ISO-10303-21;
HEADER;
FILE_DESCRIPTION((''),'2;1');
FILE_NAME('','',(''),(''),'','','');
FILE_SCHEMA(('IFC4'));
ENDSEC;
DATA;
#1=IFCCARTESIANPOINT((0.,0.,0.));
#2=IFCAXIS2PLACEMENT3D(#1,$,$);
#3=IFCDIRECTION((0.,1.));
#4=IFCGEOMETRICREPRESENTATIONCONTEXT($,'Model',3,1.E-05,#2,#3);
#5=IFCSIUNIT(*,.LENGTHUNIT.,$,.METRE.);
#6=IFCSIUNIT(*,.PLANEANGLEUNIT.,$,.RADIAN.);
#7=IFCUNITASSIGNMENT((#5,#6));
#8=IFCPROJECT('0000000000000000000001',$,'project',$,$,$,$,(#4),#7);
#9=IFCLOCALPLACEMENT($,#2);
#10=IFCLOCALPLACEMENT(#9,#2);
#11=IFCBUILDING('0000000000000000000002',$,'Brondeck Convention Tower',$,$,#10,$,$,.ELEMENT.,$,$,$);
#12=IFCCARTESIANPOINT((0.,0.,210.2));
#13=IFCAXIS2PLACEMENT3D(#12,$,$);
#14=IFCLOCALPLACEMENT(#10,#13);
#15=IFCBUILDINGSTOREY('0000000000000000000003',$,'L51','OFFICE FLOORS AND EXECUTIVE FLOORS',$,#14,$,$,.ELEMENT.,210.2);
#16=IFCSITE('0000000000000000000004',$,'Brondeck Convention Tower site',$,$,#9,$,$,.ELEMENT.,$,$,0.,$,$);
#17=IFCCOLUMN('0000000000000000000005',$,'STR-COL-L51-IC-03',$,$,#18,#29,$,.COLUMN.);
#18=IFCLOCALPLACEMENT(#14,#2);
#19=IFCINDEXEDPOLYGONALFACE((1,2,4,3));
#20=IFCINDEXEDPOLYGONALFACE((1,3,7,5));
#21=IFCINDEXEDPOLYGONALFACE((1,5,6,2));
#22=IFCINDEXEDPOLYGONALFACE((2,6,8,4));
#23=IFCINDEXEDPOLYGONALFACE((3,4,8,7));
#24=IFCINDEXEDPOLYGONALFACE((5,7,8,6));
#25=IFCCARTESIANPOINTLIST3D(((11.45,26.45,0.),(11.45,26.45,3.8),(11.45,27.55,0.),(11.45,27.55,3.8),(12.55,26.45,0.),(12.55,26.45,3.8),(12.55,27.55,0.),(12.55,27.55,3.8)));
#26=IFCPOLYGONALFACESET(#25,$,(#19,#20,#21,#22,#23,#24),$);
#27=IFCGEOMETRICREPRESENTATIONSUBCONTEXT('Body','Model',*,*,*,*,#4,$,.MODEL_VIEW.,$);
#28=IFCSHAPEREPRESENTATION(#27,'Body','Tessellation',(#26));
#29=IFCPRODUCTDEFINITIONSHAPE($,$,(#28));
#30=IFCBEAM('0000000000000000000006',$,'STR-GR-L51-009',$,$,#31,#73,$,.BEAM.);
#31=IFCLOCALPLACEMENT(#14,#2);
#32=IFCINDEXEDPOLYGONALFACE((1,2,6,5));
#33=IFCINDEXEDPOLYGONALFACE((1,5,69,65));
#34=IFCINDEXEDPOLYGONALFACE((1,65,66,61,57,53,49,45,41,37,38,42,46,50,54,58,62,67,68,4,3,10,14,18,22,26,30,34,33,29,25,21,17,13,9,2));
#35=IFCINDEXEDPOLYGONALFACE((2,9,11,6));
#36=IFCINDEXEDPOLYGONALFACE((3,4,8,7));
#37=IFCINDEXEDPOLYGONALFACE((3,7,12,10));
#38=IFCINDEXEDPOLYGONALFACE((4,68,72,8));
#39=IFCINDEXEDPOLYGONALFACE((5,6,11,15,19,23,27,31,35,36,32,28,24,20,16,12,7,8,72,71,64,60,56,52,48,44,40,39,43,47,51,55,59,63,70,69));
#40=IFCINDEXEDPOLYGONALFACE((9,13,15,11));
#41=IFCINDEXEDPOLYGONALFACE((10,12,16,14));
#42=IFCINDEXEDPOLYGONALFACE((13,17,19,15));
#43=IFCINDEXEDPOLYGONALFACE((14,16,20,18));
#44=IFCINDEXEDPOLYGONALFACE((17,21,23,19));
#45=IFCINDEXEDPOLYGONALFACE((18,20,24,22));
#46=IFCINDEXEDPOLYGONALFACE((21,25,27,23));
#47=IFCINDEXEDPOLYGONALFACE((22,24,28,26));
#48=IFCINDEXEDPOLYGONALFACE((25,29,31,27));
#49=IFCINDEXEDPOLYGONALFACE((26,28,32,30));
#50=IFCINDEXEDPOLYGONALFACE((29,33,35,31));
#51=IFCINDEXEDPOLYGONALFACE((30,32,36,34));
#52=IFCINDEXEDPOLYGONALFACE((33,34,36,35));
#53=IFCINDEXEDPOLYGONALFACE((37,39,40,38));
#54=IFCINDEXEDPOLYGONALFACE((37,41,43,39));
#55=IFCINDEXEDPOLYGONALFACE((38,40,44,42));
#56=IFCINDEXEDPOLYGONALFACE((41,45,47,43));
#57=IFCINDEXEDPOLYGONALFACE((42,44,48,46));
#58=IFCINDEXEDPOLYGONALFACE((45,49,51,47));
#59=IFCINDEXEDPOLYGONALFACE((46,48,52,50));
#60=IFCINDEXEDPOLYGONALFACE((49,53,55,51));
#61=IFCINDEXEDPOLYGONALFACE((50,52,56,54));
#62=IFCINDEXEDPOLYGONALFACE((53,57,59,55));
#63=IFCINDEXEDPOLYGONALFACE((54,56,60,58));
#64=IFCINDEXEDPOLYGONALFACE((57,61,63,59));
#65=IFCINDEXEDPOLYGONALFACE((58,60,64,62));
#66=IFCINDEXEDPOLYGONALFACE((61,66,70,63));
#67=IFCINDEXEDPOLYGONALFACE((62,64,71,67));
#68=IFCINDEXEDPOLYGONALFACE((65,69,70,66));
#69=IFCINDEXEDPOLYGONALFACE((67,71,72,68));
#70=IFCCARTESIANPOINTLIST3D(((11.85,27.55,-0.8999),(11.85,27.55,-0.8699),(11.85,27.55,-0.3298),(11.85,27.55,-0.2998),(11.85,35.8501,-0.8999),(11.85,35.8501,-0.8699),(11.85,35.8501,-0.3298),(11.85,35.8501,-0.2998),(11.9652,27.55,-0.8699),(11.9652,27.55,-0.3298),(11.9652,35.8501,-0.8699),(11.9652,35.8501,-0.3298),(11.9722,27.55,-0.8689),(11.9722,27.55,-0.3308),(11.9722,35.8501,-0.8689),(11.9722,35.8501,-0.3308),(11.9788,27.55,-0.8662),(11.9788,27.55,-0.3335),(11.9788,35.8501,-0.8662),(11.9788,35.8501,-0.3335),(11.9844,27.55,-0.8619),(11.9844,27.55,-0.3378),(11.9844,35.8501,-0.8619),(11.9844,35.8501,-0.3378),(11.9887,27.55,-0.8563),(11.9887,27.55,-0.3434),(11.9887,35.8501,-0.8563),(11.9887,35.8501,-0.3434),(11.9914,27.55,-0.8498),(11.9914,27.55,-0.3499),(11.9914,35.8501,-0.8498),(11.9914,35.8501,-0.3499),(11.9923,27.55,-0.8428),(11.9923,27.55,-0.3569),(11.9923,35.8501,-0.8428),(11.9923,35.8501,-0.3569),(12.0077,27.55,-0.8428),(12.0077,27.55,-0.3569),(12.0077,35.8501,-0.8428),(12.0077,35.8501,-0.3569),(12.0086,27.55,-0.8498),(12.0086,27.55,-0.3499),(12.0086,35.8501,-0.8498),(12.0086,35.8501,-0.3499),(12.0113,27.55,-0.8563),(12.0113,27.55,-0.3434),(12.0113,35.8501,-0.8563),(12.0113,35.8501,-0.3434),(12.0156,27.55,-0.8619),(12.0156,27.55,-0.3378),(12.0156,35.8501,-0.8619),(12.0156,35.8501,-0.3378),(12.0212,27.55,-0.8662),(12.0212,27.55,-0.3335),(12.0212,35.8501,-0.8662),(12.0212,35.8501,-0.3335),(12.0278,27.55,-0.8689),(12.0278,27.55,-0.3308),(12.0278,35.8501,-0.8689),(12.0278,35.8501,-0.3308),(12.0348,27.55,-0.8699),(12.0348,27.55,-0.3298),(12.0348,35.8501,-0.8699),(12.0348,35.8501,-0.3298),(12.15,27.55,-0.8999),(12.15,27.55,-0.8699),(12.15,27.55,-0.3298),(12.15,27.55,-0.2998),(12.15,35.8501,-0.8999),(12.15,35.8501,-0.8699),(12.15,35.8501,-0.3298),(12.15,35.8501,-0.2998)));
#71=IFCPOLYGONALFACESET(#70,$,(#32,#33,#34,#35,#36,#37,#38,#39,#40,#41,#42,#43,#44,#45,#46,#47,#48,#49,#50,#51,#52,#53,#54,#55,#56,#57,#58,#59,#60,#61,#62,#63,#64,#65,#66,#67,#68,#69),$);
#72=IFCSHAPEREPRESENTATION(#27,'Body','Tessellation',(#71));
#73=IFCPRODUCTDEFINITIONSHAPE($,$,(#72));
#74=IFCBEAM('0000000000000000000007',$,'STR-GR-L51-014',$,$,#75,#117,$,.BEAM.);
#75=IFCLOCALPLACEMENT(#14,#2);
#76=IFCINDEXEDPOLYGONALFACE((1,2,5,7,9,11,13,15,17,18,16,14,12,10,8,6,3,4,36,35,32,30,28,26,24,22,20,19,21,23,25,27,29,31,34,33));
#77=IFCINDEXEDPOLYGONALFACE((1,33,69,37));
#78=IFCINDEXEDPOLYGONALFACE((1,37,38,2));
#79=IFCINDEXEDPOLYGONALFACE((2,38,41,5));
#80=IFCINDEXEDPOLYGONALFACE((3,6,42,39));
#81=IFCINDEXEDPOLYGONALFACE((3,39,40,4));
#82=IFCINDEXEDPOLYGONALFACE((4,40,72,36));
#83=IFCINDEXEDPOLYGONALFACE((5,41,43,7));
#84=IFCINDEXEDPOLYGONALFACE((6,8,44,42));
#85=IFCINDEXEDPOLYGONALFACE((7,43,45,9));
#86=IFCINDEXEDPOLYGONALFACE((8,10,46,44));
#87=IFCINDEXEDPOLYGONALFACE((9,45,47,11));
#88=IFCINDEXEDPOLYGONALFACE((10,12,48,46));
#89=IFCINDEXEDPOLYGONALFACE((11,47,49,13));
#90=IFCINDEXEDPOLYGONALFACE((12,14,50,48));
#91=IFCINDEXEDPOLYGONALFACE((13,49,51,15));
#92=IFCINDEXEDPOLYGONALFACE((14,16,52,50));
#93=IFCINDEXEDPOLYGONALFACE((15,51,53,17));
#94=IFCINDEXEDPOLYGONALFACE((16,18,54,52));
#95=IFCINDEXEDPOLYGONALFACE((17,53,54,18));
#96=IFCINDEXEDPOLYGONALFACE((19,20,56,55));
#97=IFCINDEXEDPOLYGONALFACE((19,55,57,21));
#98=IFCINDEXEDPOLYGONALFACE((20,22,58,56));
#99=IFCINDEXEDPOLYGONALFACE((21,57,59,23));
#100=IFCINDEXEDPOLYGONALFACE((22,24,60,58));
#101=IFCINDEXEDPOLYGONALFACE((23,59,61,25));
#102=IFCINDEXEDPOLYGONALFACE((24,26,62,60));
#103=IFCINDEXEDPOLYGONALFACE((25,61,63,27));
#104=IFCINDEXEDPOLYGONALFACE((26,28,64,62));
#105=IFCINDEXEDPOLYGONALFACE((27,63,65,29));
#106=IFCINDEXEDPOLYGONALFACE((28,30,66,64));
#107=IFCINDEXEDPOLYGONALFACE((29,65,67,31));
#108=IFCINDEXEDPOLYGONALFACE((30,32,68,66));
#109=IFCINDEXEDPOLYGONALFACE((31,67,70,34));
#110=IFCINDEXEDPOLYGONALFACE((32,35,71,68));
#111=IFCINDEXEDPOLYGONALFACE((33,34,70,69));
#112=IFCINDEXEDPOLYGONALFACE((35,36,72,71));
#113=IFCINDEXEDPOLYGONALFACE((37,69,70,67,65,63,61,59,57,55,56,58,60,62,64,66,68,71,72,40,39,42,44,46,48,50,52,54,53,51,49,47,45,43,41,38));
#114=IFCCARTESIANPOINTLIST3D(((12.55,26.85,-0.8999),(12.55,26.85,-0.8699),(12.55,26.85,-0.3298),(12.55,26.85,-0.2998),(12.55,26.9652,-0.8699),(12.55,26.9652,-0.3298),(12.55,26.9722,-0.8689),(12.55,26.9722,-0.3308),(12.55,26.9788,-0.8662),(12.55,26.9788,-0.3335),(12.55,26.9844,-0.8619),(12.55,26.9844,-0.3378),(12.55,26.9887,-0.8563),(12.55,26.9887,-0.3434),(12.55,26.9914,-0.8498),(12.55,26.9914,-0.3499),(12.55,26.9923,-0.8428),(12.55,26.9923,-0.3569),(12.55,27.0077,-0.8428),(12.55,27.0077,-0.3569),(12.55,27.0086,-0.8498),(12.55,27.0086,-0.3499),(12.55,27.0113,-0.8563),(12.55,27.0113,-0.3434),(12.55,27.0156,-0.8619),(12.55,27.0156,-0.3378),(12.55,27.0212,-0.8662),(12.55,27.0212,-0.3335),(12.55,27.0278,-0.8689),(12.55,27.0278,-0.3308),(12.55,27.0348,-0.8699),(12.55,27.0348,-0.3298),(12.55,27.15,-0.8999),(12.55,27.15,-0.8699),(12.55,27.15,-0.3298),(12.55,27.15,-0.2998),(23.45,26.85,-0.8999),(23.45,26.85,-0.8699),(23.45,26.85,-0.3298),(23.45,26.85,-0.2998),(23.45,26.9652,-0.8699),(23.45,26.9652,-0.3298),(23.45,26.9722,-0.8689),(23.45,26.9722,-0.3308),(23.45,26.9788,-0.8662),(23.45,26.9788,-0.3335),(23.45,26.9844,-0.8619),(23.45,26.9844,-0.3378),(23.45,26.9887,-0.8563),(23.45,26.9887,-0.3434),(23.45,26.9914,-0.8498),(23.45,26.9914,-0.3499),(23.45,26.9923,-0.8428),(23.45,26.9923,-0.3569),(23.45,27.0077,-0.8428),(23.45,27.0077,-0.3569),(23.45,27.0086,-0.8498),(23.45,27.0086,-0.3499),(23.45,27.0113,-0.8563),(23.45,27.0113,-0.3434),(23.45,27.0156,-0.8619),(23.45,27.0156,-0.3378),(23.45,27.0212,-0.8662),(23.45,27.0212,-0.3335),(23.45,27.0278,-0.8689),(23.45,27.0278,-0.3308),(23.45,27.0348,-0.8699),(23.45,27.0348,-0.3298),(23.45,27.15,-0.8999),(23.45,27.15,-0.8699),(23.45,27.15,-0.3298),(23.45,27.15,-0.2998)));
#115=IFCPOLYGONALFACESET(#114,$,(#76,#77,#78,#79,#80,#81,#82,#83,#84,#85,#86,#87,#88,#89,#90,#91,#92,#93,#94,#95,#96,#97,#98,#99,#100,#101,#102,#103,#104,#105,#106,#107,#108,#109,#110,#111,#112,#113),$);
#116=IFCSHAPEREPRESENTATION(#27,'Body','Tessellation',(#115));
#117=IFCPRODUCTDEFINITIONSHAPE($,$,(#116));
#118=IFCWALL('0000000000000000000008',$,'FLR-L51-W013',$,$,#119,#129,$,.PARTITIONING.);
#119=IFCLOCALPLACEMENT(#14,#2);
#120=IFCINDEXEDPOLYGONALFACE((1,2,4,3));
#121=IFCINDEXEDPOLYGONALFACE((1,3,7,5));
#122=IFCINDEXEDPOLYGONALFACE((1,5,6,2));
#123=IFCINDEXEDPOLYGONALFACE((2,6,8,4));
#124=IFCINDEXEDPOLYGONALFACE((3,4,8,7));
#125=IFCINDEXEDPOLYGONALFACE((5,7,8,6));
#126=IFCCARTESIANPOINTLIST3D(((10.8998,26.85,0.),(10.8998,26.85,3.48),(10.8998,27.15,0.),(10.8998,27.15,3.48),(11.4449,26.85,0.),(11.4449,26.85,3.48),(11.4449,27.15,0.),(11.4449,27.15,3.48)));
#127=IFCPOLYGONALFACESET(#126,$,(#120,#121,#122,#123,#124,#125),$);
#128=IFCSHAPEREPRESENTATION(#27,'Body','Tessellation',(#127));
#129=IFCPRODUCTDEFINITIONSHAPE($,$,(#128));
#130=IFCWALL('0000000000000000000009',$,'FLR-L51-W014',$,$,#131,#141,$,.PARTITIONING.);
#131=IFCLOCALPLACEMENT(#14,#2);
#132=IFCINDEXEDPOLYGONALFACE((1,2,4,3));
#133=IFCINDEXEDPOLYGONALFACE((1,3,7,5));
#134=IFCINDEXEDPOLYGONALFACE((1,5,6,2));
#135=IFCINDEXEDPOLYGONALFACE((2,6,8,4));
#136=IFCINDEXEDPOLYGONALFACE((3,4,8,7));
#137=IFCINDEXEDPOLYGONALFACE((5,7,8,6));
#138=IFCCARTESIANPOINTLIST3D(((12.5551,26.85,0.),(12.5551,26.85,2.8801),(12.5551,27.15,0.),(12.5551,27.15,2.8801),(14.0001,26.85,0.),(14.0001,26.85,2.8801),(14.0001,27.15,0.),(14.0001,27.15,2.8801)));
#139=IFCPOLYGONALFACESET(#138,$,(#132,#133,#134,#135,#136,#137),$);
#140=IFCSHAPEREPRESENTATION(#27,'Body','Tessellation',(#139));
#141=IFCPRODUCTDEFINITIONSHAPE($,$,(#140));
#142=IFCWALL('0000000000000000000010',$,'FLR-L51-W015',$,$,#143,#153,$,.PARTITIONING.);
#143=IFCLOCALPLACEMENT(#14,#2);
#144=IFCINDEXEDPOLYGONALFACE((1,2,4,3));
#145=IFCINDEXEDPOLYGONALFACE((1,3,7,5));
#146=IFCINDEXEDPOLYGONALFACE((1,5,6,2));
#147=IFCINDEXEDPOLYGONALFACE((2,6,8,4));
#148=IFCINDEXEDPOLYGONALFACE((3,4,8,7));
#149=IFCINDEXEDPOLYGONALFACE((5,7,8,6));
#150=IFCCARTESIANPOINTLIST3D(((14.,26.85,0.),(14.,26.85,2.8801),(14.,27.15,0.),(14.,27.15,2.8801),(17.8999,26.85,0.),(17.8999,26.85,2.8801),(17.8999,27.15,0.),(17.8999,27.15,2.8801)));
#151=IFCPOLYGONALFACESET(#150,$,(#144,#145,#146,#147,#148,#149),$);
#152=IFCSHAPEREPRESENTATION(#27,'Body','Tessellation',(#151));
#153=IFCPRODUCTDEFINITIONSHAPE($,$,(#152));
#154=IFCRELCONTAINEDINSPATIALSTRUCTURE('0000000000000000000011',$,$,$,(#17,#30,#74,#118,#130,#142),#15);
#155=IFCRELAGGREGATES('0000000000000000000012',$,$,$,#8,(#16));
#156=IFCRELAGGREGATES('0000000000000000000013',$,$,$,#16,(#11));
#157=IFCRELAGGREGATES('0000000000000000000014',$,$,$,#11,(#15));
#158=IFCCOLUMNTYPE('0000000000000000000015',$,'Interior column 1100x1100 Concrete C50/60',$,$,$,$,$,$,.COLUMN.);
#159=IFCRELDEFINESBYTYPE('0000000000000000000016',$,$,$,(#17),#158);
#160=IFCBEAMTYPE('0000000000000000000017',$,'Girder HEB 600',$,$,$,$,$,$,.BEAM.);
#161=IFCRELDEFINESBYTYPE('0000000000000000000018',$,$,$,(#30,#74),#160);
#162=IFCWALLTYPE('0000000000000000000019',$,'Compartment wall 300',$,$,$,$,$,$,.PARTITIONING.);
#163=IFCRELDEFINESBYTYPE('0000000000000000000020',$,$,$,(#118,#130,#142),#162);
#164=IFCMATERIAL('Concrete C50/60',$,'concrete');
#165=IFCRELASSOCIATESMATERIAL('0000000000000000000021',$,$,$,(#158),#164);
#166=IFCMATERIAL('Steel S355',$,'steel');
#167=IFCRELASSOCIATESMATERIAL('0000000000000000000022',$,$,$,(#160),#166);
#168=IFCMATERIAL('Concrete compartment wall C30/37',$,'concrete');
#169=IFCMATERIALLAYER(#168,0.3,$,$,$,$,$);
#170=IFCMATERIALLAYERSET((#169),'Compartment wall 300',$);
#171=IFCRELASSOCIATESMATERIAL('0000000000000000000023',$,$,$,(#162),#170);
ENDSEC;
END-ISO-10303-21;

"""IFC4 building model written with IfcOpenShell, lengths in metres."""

from ifc_helpers import new_model, si_unit, direction, frame, frame_2d, origin, origin_2d, place, context, subcontext, project, spatial, rectangle, i_section, extrude, material, layer, layer_set, material_profile, profile_set, type_object, element, save


model = new_model("IFC4")

# Units and contexts
model_context = context("Model", 3, precision=1e-05, world=origin(), true_north=direction((0.0, 1.0)))
body_context = subcontext(model_context, "Body", "Model", "MODEL_VIEW")
ifc_project = project(units=[si_unit("LENGTHUNIT", "METRE"), si_unit("PLANEANGLEUNIT", "RADIAN")], contexts=[model_context])

# Site, building, storey
site_placement = place(None, origin())
site = spatial("IfcSite", under=ifc_project, at=site_placement, Name="Brondeck Convention Tower site", CompositionType="ELEMENT", RefElevation=0.0)
building_placement = place(site_placement, origin())
building = spatial("IfcBuilding", under=site, at=building_placement, Name="Brondeck Convention Tower", CompositionType="ELEMENT")
storey_placement = place(building_placement, frame((0.0, 0.0, 210.2)))
storey = spatial("IfcBuildingStorey", under=building, at=storey_placement, Name="L51", Description="OFFICE FLOORS AND EXECUTIVE FLOORS", CompositionType="ELEMENT", Elevation=210.2)

# Column
ifc_material_1 = material(Name="Concrete C50/60", Category="concrete")
ifc_material_profile_1 = material_profile(ifc_material_1, rectangle(XDim=1.1001, YDim=1.1001, at=origin_2d()), Name="Interior column 1100x1100 Concrete C50/60")
ifc_profile_set_1 = profile_set([ifc_material_profile_1], Name="Concrete C50/60")
column_type = type_object("IfcColumnType", Name="Interior column 1100x1100 Concrete C50/60", PredefinedType="COLUMN", material=ifc_profile_set_1)
column_placement = place(storey_placement, frame((12.0, 27.0, 0.0), z_axis=(0.0, 0.0, 1.0), x_axis=(1.0, 0.0, 0.0)))
element("IfcColumn", 1, at=column_placement, inside=storey, type_object=column_type, Name="STR-COL-L51-IC-03", PredefinedType="COLUMN", context=body_context, shape_type="SweptSolid", body=[
    extrude(rectangle(XDim=1.1001, YDim=1.1001, at=origin_2d()), origin(), (0.0, 0.0, 1.0), 3.8),
])

# Beams
ifc_material_2 = material(Name="Steel S355", Category="steel")
ifc_material_profile_2 = material_profile(ifc_material_2, i_section(OverallWidth=0.3, OverallDepth=0.6001, WebThickness=0.0154, FlangeThickness=0.03, FilletRadius=0.0271, at=origin_2d()), Name="HEB 600")
ifc_profile_set_2 = profile_set([ifc_material_profile_2], Name="Steel S355")
beam_type = type_object("IfcBeamType", Name="Girder HEB 600", PredefinedType="BEAM", material=ifc_profile_set_2)
beam_1_placement = place(storey_placement, frame((12.0, 35.8501, -0.5999), z_axis=(0.0, -1.0, 0.0), x_axis=(1.0, 0.0, 0.0)))
element("IfcBeam", 2, at=beam_1_placement, inside=storey, type_object=beam_type, Name="STR-GR-L51-009", PredefinedType="BEAM", context=body_context, shape_type="SweptSolid", body=[
    extrude(i_section(OverallWidth=0.3, OverallDepth=0.6001, WebThickness=0.0154, FlangeThickness=0.03, FilletRadius=0.0271, at=origin_2d()), origin(), (0.0, 0.0, 1.0), 8.3),
])
beam_2_placement = place(storey_placement, frame((12.55, 27.0, -0.5999), z_axis=(1.0, 0.0, 0.0), x_axis=(0.0, 1.0, 0.0)))
element("IfcBeam", 3, at=beam_2_placement, inside=storey, type_object=beam_type, Name="STR-GR-L51-014", PredefinedType="BEAM", context=body_context, shape_type="SweptSolid", body=[
    extrude(i_section(OverallWidth=0.3, OverallDepth=0.6001, WebThickness=0.0154, FlangeThickness=0.03, FilletRadius=0.0271, at=origin_2d()), origin(), (0.0, 0.0, 1.0), 10.8999),
])

# Walls
ifc_material_3 = material(Name="Concrete compartment wall C30/37", Category="concrete")
ifc_layer_1 = layer(ifc_material_3, 0.3)
ifc_layer_set_1 = layer_set([ifc_layer_1], Name="Compartment wall 300")
wall_type_1 = type_object("IfcWallType", Name="Compartment wall 300", PredefinedType="PARTITIONING", material=ifc_layer_set_1)
wall_1_placement = place(storey_placement, frame((10.8999, 27.0, 0.0), z_axis=(0.0, 0.0, 1.0), x_axis=(1.0, 0.0, 0.0)))
element("IfcWall", 4, at=wall_1_placement, inside=storey, type_object=wall_type_1, Name="FLR-L51-W013", PredefinedType="PARTITIONING", context=body_context, shape_type="SweptSolid", body=[
    extrude(rectangle(XDim=0.5452, YDim=0.3, at=frame_2d((0.2725, 0.0))), origin(), (0.0, 0.0, 1.0), 3.48),
])
wall_2_placement = place(storey_placement, frame((12.5549, 27.0, 0.0), z_axis=(0.0, 0.0, 1.0), x_axis=(1.0, 0.0, 0.0)))
element("IfcWall", 5, at=wall_2_placement, inside=storey, type_object=wall_type_1, Name="FLR-L51-W014", PredefinedType="PARTITIONING", context=body_context, shape_type="SweptSolid", body=[
    extrude(rectangle(XDim=1.4451, YDim=0.3, at=frame_2d((0.7227, 0.0))), origin(), (0.0, 0.0, 1.0), 2.8801),
])
wall_3_placement = place(storey_placement, frame((14.0, 27.0, 0.0), z_axis=(0.0, 0.0, 1.0), x_axis=(1.0, 0.0, 0.0)))
element("IfcWall", 6, at=wall_3_placement, inside=storey, type_object=wall_type_1, Name="FLR-L51-W015", PredefinedType="PARTITIONING", context=body_context, shape_type="SweptSolid", body=[
    extrude(rectangle(XDim=3.8999, YDim=0.3, at=frame_2d((1.95, 0.0))), origin(), (0.0, 0.0, 1.0), 2.8801),
])

save(model, "model.ifc")
